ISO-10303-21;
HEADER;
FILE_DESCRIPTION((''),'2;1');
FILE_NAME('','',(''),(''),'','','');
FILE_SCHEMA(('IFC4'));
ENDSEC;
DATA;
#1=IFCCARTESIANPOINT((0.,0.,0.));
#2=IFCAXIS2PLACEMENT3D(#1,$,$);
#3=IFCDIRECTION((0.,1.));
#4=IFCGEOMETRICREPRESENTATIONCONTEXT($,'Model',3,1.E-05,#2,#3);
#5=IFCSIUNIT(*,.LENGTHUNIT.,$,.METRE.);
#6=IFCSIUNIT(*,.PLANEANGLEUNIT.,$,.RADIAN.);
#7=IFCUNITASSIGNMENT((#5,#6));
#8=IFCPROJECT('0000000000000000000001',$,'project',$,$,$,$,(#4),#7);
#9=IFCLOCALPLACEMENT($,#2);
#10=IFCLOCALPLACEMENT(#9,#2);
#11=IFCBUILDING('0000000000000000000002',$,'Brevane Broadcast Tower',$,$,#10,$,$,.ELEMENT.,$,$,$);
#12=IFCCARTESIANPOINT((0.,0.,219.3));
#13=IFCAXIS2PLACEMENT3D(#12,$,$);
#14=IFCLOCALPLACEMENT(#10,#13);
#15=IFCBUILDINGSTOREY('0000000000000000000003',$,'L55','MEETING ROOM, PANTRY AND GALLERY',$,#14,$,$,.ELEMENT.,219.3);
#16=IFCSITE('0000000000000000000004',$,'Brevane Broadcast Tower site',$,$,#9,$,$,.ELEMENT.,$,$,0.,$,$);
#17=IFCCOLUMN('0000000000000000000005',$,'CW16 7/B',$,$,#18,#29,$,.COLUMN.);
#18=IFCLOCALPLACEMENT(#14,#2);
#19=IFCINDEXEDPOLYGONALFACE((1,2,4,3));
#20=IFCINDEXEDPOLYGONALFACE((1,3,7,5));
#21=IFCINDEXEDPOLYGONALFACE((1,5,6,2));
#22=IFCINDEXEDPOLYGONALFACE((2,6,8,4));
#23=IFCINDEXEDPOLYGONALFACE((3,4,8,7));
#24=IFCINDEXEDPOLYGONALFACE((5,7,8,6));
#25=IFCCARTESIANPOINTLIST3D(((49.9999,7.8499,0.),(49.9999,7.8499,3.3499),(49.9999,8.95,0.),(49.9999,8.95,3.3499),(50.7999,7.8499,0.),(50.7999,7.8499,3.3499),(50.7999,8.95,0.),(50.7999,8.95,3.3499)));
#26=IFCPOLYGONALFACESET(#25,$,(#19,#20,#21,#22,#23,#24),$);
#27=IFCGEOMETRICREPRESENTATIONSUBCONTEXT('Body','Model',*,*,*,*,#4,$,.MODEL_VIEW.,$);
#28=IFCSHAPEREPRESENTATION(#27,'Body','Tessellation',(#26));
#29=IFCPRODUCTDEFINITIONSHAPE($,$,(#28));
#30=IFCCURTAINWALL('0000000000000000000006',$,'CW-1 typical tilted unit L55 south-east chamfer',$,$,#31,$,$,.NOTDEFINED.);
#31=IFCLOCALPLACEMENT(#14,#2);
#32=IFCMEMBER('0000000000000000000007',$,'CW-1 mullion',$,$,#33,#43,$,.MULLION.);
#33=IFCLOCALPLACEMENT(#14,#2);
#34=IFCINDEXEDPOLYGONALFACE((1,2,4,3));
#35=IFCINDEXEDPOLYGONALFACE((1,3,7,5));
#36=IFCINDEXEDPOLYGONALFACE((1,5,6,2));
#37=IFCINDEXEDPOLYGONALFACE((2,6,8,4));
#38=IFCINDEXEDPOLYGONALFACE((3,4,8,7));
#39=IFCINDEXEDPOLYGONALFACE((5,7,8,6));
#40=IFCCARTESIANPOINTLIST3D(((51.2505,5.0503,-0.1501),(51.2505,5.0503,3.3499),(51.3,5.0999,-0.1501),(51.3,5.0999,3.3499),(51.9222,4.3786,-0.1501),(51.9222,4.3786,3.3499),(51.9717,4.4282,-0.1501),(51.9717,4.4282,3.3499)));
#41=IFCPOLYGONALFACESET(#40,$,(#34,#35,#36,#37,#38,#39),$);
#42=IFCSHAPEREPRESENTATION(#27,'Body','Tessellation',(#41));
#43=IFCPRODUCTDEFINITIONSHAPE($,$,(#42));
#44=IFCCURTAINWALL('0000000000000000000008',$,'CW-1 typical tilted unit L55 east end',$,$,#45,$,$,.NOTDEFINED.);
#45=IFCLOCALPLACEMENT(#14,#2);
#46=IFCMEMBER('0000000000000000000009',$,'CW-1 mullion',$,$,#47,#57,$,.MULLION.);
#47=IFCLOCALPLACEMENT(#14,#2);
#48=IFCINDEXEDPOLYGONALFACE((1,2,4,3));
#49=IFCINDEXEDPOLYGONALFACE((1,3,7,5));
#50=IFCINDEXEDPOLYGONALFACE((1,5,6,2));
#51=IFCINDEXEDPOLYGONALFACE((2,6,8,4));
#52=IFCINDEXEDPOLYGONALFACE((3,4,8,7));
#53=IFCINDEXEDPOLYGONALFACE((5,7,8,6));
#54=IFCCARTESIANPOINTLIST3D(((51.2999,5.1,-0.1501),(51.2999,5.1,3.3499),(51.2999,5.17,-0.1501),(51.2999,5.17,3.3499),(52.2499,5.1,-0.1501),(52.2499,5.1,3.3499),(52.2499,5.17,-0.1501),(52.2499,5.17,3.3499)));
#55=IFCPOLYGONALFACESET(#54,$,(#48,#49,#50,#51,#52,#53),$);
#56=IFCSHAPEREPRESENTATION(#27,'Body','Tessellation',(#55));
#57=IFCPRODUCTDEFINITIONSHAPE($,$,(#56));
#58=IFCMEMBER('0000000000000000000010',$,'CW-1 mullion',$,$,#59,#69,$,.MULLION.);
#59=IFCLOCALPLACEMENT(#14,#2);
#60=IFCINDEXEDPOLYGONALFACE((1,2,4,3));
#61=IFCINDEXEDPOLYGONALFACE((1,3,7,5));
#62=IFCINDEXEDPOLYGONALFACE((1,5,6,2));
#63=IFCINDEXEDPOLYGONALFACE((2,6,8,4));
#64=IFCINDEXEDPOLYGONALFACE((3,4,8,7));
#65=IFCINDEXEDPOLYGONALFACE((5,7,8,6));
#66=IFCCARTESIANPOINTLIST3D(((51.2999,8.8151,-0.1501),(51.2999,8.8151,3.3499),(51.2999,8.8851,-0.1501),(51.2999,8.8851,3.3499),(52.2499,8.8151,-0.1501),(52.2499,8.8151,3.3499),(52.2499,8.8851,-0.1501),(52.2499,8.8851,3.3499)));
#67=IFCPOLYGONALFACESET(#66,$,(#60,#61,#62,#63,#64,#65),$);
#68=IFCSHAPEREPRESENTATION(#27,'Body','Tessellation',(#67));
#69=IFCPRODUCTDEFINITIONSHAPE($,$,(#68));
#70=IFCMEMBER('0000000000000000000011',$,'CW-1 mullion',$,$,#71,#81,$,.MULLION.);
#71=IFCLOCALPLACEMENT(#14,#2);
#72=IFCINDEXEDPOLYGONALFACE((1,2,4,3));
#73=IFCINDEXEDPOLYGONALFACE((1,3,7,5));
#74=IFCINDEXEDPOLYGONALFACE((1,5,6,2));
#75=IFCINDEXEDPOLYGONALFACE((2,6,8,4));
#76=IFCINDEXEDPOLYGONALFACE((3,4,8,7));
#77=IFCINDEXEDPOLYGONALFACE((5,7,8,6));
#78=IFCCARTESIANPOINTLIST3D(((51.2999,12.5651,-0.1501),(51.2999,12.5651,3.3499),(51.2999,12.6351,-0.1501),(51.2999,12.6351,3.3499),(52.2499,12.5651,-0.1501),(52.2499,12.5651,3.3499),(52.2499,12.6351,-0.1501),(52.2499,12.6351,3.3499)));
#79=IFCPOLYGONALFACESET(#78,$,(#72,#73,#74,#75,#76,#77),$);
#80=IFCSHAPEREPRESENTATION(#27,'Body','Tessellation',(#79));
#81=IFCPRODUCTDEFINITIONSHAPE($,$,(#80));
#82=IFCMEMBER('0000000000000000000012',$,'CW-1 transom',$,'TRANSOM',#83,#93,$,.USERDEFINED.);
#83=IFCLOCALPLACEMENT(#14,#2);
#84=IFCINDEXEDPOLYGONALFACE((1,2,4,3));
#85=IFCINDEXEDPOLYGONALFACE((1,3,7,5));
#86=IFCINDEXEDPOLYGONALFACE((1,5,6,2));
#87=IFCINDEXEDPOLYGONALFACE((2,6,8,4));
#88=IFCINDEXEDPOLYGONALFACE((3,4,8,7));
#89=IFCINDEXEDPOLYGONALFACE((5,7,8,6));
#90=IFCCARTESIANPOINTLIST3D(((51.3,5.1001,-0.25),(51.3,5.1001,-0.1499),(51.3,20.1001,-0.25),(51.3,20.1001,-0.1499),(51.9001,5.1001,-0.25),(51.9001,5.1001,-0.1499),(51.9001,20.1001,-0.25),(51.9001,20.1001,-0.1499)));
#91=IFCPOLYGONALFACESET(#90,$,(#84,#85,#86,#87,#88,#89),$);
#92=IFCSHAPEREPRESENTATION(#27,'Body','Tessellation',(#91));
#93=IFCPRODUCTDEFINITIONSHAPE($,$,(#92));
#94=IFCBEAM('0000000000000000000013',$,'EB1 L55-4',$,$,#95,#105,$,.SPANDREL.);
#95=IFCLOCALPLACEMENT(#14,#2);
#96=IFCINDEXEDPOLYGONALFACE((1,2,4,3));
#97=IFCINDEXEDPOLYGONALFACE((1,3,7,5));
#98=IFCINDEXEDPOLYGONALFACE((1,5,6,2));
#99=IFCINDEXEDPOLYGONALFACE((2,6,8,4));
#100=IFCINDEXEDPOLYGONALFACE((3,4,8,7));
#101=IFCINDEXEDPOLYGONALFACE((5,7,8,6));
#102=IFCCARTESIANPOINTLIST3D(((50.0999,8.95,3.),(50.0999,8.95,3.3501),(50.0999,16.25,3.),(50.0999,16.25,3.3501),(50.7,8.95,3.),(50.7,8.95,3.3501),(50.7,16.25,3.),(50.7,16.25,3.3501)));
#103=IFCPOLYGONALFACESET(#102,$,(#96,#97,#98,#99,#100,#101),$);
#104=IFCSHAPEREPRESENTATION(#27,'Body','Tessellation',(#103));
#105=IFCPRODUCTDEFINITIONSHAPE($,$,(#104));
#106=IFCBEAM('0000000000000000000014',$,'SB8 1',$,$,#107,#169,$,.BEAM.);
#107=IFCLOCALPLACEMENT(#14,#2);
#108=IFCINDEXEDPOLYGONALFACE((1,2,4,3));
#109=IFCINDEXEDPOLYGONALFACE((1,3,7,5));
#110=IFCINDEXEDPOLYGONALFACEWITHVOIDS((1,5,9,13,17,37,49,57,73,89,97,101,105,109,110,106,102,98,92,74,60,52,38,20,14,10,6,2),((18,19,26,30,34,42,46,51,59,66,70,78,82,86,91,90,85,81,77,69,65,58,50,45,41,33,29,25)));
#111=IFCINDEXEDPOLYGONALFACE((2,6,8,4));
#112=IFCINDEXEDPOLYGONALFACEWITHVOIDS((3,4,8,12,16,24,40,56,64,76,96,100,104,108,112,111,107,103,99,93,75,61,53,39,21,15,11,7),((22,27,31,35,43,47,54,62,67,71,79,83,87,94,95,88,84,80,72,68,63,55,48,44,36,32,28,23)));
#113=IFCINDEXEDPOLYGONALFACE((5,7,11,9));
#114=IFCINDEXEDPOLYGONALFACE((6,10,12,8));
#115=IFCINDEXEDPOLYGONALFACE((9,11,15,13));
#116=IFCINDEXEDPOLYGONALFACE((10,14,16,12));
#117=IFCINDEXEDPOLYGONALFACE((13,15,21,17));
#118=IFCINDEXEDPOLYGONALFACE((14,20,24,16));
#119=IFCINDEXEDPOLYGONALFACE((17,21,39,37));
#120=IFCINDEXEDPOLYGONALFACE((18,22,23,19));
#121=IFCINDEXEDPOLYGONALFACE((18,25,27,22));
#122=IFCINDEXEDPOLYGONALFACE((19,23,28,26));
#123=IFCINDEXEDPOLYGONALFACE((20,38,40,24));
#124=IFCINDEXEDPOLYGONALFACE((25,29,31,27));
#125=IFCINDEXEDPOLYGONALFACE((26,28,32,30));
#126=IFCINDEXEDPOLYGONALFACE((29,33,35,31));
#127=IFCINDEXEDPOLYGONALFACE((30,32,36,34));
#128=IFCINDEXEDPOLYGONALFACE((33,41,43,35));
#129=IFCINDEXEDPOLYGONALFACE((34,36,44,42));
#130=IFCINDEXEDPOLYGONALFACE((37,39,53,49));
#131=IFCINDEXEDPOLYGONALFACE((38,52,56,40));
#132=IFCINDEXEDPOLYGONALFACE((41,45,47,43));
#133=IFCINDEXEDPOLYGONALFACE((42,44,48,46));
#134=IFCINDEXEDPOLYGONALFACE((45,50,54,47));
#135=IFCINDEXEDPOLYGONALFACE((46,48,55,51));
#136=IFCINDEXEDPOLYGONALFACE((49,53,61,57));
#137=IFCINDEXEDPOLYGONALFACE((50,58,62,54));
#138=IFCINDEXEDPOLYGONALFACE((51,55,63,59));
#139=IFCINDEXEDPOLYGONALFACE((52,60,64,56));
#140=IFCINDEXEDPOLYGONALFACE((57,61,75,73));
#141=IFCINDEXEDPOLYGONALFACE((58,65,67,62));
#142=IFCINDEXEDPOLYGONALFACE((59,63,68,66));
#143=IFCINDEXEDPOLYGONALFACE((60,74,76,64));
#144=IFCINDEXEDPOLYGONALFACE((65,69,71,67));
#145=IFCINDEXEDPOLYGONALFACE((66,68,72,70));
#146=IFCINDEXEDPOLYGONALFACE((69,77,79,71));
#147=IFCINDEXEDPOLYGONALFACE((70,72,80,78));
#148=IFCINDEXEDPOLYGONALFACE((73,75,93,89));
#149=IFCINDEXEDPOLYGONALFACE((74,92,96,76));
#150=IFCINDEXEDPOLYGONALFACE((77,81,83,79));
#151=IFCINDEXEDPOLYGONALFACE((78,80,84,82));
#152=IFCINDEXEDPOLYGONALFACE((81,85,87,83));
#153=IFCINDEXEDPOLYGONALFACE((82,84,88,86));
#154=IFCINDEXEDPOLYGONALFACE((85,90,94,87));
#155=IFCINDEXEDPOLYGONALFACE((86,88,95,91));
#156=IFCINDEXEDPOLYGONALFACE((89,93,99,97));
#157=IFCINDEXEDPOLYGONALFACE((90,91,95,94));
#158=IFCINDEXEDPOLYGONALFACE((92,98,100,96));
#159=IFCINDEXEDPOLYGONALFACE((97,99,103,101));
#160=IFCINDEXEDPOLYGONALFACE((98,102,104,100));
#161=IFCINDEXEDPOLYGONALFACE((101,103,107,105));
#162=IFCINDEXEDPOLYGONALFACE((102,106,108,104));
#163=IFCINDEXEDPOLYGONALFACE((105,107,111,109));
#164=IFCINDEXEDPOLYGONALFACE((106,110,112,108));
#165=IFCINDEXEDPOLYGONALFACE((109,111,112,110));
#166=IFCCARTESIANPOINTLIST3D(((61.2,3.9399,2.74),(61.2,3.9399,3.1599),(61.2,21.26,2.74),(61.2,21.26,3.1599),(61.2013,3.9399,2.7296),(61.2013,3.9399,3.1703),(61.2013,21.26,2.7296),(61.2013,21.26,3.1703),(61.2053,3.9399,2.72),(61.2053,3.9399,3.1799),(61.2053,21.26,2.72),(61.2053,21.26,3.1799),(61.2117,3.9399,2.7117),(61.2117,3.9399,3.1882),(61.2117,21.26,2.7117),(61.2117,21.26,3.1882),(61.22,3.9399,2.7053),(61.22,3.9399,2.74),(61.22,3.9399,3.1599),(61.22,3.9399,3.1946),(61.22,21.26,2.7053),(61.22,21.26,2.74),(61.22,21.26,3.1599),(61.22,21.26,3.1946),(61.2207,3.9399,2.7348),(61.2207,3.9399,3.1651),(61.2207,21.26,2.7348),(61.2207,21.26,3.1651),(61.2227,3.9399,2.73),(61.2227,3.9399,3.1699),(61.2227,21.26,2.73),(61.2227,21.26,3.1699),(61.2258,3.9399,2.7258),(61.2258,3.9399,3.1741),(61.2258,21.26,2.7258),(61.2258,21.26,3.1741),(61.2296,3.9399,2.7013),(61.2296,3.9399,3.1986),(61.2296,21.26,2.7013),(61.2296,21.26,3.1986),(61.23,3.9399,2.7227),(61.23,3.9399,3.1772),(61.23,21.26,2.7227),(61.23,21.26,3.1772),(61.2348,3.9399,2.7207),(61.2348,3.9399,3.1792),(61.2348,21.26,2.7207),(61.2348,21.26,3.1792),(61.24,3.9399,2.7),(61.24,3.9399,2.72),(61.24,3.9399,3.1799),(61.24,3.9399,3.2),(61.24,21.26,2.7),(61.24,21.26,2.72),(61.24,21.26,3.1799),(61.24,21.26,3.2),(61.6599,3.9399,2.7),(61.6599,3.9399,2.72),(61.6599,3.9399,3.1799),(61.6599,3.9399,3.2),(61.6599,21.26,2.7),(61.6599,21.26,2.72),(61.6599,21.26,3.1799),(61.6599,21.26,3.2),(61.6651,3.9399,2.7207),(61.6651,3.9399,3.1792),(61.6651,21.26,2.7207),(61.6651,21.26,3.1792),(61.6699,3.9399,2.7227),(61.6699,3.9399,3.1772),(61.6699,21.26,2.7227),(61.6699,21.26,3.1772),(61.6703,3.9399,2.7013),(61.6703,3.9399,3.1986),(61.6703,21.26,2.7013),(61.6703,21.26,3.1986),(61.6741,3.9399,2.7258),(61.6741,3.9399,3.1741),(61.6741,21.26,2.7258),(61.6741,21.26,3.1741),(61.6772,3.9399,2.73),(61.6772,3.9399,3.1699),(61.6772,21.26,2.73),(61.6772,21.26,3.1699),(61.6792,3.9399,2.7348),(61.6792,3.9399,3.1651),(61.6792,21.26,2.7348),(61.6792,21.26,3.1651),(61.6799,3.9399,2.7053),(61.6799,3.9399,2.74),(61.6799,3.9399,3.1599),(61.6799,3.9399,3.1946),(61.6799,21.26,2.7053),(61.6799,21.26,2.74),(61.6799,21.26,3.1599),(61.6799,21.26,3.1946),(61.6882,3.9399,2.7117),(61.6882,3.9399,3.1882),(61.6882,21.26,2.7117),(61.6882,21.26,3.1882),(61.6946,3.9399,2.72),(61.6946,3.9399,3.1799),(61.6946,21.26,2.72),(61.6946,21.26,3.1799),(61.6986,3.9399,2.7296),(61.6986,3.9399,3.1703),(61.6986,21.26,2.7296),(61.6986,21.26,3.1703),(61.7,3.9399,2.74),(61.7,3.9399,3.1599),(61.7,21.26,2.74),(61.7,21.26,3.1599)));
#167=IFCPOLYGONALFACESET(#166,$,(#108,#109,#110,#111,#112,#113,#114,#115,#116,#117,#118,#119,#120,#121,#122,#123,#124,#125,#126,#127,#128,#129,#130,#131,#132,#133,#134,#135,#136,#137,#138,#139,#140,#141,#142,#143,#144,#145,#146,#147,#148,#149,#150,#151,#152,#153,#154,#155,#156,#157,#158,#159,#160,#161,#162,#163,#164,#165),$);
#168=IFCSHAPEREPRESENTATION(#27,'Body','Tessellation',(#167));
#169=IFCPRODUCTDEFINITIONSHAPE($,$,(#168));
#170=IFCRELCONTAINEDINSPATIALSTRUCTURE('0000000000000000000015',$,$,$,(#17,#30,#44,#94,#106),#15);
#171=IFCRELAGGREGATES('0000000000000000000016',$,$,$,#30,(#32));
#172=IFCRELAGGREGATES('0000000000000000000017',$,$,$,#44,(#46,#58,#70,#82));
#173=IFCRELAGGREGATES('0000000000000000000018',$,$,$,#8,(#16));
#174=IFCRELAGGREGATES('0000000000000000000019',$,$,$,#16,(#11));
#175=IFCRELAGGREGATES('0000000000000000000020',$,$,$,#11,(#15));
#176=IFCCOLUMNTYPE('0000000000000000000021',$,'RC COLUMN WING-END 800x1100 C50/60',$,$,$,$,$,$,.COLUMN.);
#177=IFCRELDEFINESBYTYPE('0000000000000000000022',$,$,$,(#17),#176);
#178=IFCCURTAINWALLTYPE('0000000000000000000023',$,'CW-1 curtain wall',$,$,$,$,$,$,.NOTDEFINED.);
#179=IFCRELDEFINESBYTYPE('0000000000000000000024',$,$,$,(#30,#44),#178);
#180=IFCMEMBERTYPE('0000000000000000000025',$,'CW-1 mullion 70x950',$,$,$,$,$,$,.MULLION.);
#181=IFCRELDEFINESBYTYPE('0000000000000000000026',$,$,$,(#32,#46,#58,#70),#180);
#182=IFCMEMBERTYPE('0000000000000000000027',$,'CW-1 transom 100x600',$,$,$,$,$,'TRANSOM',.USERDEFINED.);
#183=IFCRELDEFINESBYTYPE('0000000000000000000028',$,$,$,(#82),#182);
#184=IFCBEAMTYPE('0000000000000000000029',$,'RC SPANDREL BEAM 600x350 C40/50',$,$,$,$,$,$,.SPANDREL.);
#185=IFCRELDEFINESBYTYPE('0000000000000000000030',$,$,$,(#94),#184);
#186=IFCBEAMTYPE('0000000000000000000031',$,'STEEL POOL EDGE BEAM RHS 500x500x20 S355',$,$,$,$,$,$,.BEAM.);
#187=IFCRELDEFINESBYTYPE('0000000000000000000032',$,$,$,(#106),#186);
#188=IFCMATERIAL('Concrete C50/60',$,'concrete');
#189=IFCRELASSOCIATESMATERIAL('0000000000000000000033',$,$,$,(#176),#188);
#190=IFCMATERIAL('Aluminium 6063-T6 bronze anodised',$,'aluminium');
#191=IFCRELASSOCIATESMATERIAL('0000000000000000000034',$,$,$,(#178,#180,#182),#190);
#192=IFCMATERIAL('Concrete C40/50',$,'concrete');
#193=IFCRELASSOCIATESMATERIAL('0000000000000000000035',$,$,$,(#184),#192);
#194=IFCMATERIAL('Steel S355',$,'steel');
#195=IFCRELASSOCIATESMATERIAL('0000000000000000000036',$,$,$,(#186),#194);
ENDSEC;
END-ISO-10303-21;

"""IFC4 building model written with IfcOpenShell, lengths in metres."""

from ifc_helpers import new_model, si_unit, direction, frame, origin, origin_2d, place, context, subcontext, project, spatial, rectangle, hollow_rectangle, extrude, material, material_profile, profile_set, type_object, element, aggregate, save


model = new_model("IFC4")

# Units and contexts
model_context = context("Model", 3, precision=1e-05, world=origin(), true_north=direction((0.0, 1.0)))
body_context = subcontext(model_context, "Body", "Model", "MODEL_VIEW")
ifc_project = project(units=[si_unit("LENGTHUNIT", "METRE"), si_unit("PLANEANGLEUNIT", "RADIAN")], contexts=[model_context])

# Site, building, storey
site_placement = place(None, origin())
site = spatial("IfcSite", under=ifc_project, at=site_placement, Name="Brevane Broadcast Tower site", CompositionType="ELEMENT", RefElevation=0.0)
building_placement = place(site_placement, origin())
building = spatial("IfcBuilding", under=site, at=building_placement, Name="Brevane Broadcast Tower", CompositionType="ELEMENT")
storey_placement = place(building_placement, frame((0.0, 0.0, 219.3)))
storey = spatial("IfcBuildingStorey", under=building, at=storey_placement, Name="L55", Description="MEETING ROOM, PANTRY AND GALLERY", CompositionType="ELEMENT", Elevation=219.3)

# Column
ifc_material_1 = material(Name="Concrete C50/60", Category="concrete")
ifc_material_profile_1 = material_profile(ifc_material_1, rectangle(XDim=0.8, YDim=1.1001, at=origin_2d()), Name="RC 800x1100")
ifc_profile_set_1 = profile_set([ifc_material_profile_1], Name="Concrete C50/60")
column_type = type_object("IfcColumnType", Name="RC COLUMN WING-END 800x1100 C50/60", PredefinedType="COLUMN", material=ifc_profile_set_1)
column_placement = place(storey_placement, frame((50.3999, 8.3999, 0.0), z_axis=(0.0, 0.0, 1.0), x_axis=(1.0, 0.0, 0.0)))
element("IfcColumn", 1, at=column_placement, inside=storey, type_object=column_type, Name="CW16 7/B", PredefinedType="COLUMN", context=body_context, shape_type="SweptSolid", body=[
    extrude(rectangle(XDim=0.8, YDim=1.1001, at=origin_2d()), origin(), (0.0, 0.0, 1.0), 3.3499),
])

# Curtain wall, member
ifc_material_2 = material(Name="Aluminium 6063-T6 bronze anodised", Category="aluminium")
curtain_wall_type = type_object("IfcCurtainWallType", Name="CW-1 curtain wall", PredefinedType="NOTDEFINED", material=ifc_material_2)
curtain_wall_1_placement = place(storey_placement, origin())
curtain_wall_1 = element("IfcCurtainWall", 2, at=curtain_wall_1_placement, inside=storey, type_object=curtain_wall_type, Name="CW-1 typical tilted unit L55 south-east chamfer", PredefinedType="NOTDEFINED")
ifc_material_profile_2 = material_profile(ifc_material_2, rectangle(XDim=0.95, YDim=0.0701, at=origin_2d()), Name="RECT 70x950")
ifc_profile_set_2 = profile_set([ifc_material_profile_2], Name="Aluminium 6063-T6 bronze anodised")
member_type_1 = type_object("IfcMemberType", Name="CW-1 mullion 70x950", PredefinedType="MULLION", material=ifc_profile_set_2)
member_1_placement = place(storey_placement, frame((51.6111, 4.7393, -0.1501), z_axis=(0.0, 0.0, 1.0), x_axis=(-0.707107, 0.707107, 0.0)))
member_1 = element("IfcMember", 3, at=member_1_placement, type_object=member_type_1, Name="CW-1 mullion", PredefinedType="MULLION", context=body_context, shape_type="SweptSolid", body=[
    extrude(rectangle(XDim=0.95, YDim=0.0701, at=origin_2d()), origin(), (0.0, 0.0, 1.0), 3.5),
])
aggregate(curtain_wall_1, [member_1])

# Curtain wall, members
curtain_wall_2_placement = place(storey_placement, origin())
curtain_wall_2 = element("IfcCurtainWall", 4, at=curtain_wall_2_placement, inside=storey, type_object=curtain_wall_type, Name="CW-1 typical tilted unit L55 east end", PredefinedType="NOTDEFINED")
member_2_placement = place(storey_placement, frame((51.7749, 5.135, -0.1501), z_axis=(0.0, 0.0, 1.0), x_axis=(-1.0, 0.0, 0.0)))
member_2 = element("IfcMember", 5, at=member_2_placement, type_object=member_type_1, Name="CW-1 mullion", PredefinedType="MULLION", context=body_context, shape_type="SweptSolid", body=[
    extrude(rectangle(XDim=0.95, YDim=0.0701, at=origin_2d()), origin(), (0.0, 0.0, 1.0), 3.5),
])
member_3_placement = place(storey_placement, frame((51.7749, 8.8501, -0.1501), z_axis=(0.0, 0.0, 1.0), x_axis=(-1.0, 0.0, 0.0)))
member_3 = element("IfcMember", 6, at=member_3_placement, type_object=member_type_1, Name="CW-1 mullion", PredefinedType="MULLION", context=body_context, shape_type="SweptSolid", body=[
    extrude(rectangle(XDim=0.95, YDim=0.0701, at=origin_2d()), origin(), (0.0, 0.0, 1.0), 3.5),
])
member_4_placement = place(storey_placement, frame((51.7749, 12.6001, -0.1501), z_axis=(0.0, 0.0, 1.0), x_axis=(-1.0, 0.0, 0.0)))
member_4 = element("IfcMember", 7, at=member_4_placement, type_object=member_type_1, Name="CW-1 mullion", PredefinedType="MULLION", context=body_context, shape_type="SweptSolid", body=[
    extrude(rectangle(XDim=0.95, YDim=0.0701, at=origin_2d()), origin(), (0.0, 0.0, 1.0), 3.5),
])
ifc_material_profile_3 = material_profile(ifc_material_2, rectangle(XDim=0.6001, YDim=0.1001, at=origin_2d()), Name="RECT 100x600")
ifc_profile_set_3 = profile_set([ifc_material_profile_3], Name="Aluminium 6063-T6 bronze anodised")
member_type_2 = type_object("IfcMemberType", Name="CW-1 transom 100x600", ElementType="TRANSOM", PredefinedType="USERDEFINED", material=ifc_profile_set_3)
member_5_placement = place(storey_placement, frame((51.6001, 5.1001, -0.2), z_axis=(0.0, 1.0, 0.0), x_axis=(-1.0, 0.0, 0.0)))
member_5 = element("IfcMember", 8, at=member_5_placement, type_object=member_type_2, Name="CW-1 transom", ObjectType="TRANSOM", PredefinedType="USERDEFINED", context=body_context, shape_type="SweptSolid", body=[
    extrude(rectangle(XDim=0.6001, YDim=0.1001, at=origin_2d()), origin(), (0.0, 0.0, 1.0), 15.0),
])
aggregate(curtain_wall_2, [member_2, member_3, member_4, member_5])

# Beams
ifc_material_3 = material(Name="Concrete C40/50", Category="concrete")
ifc_material_profile_4 = material_profile(ifc_material_3, rectangle(XDim=0.6001, YDim=0.3501, at=origin_2d()), Name="RC 600x350")
ifc_profile_set_4 = profile_set([ifc_material_profile_4], Name="Concrete C40/50")
beam_type_1 = type_object("IfcBeamType", Name="RC SPANDREL BEAM 600x350 C40/50", PredefinedType="SPANDREL", material=ifc_profile_set_4)
beam_1_placement = place(storey_placement, frame((50.3999, 8.95, 3.175), z_axis=(0.0, 1.0, 0.0), x_axis=(-1.0, 0.0, 0.0)))
element("IfcBeam", 9, at=beam_1_placement, inside=storey, type_object=beam_type_1, Name="EB1 L55-4", PredefinedType="SPANDREL", context=body_context, shape_type="SweptSolid", body=[
    extrude(rectangle(XDim=0.6001, YDim=0.3501, at=origin_2d()), origin(), (0.0, 0.0, 1.0), 7.3),
])
ifc_material_4 = material(Name="Steel S355", Category="steel")
ifc_material_profile_5 = material_profile(ifc_material_4, hollow_rectangle(XDim=0.5, YDim=0.5, WallThickness=0.02, InnerFilletRadius=0.02, OuterFilletRadius=0.04, at=origin_2d()), Name="RHS 500x500x20")
ifc_profile_set_5 = profile_set([ifc_material_profile_5], Name="Steel S355")
beam_type_2 = type_object("IfcBeamType", Name="STEEL POOL EDGE BEAM RHS 500x500x20 S355", PredefinedType="BEAM", material=ifc_profile_set_5)
beam_2_placement = place(storey_placement, frame((61.45, 3.9399, 2.95), z_axis=(0.0, 1.0, 0.0), x_axis=(-1.0, 0.0, 0.0)))
element("IfcBeam", 10, at=beam_2_placement, inside=storey, type_object=beam_type_2, Name="SB8 1", PredefinedType="BEAM", context=body_context, shape_type="SweptSolid", body=[
    extrude(hollow_rectangle(XDim=0.5, YDim=0.5, WallThickness=0.02, InnerFilletRadius=0.02, OuterFilletRadius=0.04, at=origin_2d()), origin(), (0.0, 0.0, 1.0), 17.3201),
])

save(model, "model.ifc")
